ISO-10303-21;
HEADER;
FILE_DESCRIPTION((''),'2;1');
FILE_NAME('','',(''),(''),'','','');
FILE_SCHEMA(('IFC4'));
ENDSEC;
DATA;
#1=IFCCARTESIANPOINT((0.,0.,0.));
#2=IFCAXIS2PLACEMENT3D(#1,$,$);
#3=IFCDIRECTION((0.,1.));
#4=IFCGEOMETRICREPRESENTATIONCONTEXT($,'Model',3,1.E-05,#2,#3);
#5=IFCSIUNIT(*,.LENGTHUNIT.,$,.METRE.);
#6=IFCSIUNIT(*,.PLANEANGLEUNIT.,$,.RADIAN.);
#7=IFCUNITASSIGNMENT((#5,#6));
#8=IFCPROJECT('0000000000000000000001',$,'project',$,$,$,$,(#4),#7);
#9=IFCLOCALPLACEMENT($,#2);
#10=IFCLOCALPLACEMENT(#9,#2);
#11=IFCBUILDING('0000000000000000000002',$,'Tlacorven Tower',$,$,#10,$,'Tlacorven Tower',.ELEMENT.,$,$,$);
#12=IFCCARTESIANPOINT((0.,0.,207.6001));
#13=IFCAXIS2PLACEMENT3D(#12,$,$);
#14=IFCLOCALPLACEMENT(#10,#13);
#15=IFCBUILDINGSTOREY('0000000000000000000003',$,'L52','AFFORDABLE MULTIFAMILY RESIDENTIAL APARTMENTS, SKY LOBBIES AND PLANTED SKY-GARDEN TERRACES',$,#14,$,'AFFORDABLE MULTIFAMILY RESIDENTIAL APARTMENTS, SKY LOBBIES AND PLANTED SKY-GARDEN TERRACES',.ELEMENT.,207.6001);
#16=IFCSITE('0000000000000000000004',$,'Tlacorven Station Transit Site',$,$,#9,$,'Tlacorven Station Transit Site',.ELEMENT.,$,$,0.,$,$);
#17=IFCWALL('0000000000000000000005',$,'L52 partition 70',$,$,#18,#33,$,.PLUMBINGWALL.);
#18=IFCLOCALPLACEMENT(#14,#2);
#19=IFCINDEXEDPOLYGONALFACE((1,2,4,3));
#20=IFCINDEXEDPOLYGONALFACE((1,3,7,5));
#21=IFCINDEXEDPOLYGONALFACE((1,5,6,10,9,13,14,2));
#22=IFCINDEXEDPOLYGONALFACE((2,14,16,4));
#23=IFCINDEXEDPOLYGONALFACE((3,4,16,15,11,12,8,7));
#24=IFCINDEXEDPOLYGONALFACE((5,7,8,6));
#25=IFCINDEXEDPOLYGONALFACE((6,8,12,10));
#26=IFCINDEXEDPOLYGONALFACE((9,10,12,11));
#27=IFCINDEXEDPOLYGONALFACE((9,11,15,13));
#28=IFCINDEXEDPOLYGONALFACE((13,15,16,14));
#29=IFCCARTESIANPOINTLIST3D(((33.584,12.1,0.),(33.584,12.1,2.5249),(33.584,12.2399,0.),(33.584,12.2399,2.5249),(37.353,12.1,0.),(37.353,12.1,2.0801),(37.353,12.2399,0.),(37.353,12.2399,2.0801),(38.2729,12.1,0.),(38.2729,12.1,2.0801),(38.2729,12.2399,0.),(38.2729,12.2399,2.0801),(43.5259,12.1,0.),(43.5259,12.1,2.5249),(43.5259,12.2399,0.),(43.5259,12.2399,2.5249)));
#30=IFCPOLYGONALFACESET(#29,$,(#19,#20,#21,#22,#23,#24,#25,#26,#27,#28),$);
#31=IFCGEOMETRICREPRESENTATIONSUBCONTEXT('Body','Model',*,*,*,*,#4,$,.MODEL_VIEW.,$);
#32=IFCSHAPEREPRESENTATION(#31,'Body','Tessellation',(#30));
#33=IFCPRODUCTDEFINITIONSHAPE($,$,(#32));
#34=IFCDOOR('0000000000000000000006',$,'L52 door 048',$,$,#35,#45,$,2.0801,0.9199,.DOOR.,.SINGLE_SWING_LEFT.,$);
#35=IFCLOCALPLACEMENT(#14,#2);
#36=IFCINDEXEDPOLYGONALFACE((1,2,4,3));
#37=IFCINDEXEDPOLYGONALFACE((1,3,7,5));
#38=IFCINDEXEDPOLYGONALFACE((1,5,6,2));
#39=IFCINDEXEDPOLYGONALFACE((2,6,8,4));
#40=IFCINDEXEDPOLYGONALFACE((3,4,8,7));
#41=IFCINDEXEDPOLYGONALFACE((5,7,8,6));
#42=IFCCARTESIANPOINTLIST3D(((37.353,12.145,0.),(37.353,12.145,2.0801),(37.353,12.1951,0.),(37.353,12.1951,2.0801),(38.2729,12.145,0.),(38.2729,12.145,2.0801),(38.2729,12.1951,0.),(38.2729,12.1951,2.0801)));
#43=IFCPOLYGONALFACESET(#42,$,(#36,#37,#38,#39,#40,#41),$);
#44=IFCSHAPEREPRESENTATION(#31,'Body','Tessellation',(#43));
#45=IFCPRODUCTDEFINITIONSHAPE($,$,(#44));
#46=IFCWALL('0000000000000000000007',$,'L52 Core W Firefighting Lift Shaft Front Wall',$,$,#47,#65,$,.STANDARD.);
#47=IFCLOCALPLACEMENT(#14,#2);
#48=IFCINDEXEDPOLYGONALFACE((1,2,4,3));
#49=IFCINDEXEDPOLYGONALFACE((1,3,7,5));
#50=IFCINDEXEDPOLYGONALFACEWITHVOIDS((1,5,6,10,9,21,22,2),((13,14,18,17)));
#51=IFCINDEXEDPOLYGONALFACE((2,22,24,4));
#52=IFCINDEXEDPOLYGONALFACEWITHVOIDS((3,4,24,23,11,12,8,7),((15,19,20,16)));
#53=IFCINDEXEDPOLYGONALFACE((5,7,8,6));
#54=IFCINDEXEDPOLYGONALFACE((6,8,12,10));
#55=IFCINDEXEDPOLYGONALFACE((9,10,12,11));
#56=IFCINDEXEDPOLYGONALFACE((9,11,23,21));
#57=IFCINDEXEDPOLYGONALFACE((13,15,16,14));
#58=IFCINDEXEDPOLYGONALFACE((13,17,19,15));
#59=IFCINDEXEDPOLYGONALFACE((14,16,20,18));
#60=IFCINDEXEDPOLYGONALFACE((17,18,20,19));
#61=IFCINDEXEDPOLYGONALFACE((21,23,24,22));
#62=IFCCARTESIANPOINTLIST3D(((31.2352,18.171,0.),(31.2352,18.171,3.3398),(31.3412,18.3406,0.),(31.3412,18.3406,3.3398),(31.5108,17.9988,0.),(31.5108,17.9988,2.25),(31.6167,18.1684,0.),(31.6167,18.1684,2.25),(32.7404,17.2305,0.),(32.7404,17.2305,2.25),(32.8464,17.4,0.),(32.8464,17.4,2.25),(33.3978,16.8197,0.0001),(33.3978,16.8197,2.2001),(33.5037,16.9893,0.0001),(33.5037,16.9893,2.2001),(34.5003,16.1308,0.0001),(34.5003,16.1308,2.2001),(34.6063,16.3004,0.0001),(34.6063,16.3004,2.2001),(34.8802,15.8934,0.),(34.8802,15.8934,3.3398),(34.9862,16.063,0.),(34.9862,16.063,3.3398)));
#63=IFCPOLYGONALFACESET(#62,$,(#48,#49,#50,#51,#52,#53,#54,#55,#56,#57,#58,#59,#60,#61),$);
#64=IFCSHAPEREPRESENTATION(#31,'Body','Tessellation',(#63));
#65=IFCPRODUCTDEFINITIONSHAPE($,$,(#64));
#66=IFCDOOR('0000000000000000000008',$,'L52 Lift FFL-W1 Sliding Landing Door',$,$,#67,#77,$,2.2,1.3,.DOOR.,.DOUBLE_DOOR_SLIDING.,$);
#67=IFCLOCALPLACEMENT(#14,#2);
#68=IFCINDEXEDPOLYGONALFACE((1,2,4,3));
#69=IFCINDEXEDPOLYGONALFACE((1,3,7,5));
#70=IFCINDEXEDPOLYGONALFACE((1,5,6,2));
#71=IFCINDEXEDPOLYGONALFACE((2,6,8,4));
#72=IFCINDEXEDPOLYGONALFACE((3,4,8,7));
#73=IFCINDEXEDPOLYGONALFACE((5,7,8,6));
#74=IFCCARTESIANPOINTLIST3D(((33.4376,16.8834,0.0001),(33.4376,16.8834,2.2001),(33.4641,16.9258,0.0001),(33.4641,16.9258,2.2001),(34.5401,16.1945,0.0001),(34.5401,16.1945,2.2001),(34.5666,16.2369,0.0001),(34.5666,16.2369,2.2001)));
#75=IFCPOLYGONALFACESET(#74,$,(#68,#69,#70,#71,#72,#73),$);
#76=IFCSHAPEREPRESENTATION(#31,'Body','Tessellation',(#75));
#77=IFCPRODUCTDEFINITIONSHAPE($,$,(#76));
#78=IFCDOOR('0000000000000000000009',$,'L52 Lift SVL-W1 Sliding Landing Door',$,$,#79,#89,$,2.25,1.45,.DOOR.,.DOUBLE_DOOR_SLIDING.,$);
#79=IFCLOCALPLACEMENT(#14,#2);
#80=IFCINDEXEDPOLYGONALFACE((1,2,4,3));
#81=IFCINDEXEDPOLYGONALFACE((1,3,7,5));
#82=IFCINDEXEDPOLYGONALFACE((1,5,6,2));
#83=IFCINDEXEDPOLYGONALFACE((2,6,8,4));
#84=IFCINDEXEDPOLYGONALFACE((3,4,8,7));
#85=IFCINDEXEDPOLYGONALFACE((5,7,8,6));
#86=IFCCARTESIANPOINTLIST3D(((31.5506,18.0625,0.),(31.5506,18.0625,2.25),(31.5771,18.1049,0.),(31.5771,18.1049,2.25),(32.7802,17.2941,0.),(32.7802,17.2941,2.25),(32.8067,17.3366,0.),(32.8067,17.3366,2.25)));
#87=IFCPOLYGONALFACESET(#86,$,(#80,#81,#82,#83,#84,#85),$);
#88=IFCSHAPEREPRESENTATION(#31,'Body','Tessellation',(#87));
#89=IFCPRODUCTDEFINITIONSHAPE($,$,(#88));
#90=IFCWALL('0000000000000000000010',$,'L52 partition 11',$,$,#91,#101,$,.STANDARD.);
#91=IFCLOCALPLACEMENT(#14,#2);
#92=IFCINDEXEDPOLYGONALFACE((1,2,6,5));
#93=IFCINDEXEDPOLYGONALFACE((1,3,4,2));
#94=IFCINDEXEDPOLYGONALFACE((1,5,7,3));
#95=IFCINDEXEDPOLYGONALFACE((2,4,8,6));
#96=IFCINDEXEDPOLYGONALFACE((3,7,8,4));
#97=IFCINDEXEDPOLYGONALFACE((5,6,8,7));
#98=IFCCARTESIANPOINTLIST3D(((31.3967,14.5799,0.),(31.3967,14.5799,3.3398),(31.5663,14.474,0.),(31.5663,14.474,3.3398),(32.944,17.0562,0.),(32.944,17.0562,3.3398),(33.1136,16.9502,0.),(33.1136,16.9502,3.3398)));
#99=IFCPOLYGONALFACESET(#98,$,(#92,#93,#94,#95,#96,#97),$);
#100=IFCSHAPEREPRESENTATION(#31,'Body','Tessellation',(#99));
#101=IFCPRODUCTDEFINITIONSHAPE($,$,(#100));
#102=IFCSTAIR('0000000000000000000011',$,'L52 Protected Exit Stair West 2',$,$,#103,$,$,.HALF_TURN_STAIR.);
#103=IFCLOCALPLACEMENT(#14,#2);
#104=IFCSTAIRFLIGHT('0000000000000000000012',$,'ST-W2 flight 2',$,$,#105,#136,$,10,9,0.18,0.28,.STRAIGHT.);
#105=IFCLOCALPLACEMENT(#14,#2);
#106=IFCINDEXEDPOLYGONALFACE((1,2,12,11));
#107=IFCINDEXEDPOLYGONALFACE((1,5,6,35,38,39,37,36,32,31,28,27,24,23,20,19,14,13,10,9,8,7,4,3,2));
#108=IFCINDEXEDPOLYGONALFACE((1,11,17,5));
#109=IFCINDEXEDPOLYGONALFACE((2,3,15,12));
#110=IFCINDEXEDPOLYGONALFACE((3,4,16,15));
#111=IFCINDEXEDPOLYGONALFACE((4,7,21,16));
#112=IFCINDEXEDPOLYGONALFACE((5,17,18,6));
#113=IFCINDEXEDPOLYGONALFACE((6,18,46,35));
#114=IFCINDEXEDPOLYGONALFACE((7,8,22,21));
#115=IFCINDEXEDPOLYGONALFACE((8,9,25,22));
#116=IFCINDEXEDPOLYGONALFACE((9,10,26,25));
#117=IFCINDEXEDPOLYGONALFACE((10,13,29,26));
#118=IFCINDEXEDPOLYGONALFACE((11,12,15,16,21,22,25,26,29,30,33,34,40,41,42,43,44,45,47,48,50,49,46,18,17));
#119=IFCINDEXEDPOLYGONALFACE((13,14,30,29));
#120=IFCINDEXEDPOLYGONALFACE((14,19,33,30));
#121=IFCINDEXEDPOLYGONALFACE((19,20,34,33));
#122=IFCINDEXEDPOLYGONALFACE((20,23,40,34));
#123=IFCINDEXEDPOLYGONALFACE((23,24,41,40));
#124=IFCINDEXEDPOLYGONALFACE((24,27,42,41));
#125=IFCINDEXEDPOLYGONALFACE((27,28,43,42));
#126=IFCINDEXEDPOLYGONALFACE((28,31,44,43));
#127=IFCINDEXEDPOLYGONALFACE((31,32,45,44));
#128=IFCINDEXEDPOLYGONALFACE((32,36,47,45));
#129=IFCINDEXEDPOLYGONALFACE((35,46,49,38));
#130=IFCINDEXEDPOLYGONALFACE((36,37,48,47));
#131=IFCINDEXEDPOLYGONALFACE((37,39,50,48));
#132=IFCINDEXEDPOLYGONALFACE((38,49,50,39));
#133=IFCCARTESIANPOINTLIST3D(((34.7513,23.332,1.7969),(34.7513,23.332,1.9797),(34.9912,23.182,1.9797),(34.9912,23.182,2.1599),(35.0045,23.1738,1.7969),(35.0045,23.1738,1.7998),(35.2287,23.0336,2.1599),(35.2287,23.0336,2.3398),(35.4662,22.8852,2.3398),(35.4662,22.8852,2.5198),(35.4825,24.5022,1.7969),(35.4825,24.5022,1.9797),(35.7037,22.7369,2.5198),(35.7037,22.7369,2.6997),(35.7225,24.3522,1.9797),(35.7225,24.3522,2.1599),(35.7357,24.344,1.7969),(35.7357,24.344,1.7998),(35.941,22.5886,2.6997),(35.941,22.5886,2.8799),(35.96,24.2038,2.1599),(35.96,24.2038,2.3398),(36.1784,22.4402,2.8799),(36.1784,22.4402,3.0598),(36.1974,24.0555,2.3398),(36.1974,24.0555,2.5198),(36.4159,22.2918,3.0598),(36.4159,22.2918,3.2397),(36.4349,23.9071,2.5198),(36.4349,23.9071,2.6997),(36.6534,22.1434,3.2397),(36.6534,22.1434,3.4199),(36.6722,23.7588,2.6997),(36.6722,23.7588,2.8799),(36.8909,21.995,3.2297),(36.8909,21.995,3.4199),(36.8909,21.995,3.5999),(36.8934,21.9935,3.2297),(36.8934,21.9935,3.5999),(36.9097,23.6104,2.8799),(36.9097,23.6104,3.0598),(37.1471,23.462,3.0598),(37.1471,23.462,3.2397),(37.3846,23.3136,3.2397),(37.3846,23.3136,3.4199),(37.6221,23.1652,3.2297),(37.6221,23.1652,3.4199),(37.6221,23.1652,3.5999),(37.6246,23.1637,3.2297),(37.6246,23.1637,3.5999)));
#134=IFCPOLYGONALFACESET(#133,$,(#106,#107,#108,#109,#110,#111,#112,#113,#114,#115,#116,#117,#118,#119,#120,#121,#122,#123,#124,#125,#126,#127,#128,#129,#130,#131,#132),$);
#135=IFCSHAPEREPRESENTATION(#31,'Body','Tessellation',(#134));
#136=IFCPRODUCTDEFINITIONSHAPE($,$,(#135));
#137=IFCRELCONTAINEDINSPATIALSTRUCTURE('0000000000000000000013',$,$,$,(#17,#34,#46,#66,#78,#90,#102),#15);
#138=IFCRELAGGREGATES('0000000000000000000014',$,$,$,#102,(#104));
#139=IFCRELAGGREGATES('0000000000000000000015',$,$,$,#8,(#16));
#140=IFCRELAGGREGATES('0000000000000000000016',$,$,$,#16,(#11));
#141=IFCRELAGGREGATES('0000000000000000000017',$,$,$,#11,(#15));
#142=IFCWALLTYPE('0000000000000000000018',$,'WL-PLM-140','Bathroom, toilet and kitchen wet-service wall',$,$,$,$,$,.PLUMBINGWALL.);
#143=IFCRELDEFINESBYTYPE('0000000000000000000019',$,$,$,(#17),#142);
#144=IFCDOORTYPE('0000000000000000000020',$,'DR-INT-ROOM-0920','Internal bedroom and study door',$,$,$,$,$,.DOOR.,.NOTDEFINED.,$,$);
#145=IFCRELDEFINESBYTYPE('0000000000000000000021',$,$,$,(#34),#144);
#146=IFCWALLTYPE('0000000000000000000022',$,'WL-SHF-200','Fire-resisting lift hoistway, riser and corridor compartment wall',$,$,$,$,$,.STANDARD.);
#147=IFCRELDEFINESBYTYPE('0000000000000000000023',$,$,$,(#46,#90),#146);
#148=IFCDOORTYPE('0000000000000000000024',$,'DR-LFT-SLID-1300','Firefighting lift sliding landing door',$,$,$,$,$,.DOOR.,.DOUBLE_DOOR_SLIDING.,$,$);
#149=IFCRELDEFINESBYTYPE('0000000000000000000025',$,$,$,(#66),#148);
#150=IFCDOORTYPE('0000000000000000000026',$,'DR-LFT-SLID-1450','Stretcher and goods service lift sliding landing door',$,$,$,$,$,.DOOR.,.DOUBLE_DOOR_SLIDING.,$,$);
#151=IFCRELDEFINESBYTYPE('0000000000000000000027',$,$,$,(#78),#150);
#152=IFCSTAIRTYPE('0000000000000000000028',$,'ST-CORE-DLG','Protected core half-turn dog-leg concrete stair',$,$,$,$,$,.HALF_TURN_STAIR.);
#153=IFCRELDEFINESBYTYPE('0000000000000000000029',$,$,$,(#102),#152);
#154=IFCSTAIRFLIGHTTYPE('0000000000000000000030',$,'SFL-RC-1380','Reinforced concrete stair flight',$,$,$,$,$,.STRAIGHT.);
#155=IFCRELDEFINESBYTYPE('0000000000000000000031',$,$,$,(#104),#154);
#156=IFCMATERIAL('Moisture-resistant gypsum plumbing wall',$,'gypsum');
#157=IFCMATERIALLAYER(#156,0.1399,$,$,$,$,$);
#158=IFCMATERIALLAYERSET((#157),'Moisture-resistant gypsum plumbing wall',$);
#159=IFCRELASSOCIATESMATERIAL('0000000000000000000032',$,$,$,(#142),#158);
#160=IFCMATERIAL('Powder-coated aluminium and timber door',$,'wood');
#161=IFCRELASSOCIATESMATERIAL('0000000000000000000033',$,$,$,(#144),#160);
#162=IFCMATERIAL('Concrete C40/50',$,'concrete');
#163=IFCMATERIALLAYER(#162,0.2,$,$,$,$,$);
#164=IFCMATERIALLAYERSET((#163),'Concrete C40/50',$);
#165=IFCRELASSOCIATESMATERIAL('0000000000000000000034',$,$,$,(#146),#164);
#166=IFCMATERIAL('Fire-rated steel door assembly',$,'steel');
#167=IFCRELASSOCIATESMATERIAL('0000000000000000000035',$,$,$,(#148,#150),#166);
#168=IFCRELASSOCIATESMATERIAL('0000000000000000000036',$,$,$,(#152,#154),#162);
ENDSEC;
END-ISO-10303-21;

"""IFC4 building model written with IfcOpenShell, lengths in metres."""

from ifc_helpers import new_model, si_unit, direction, frame, frame_2d, origin, place, context, subcontext, project, spatial, polyline, rectangle, outline, extrude, source, transform, mapped, material, layer, layer_set, type_object, element, fill, aggregate, save


model = new_model("IFC4")

# Units and contexts
model_context = context("Model", 3, precision=1e-05, world=origin(), true_north=direction((0.0, 1.0)))
body_context = subcontext(model_context, "Body", "Model", "MODEL_VIEW")
ifc_project = project(units=[si_unit("LENGTHUNIT", "METRE"), si_unit("PLANEANGLEUNIT", "RADIAN")], contexts=[model_context])

# Site, building, storey
site_placement = place(None, origin())
site = spatial("IfcSite", under=ifc_project, at=site_placement, Name="Tlacorven Station Transit Site", LongName="Tlacorven Station Transit Site", CompositionType="ELEMENT", RefElevation=0.0)
building_placement = place(site_placement, origin())
building = spatial("IfcBuilding", under=site, at=building_placement, Name="Tlacorven Tower", LongName="Tlacorven Tower", CompositionType="ELEMENT")
storey_placement = place(building_placement, frame((0.0, 0.0, 207.6001)))
storey = spatial("IfcBuildingStorey", under=building, at=storey_placement, Name="L52", Description="AFFORDABLE MULTIFAMILY RESIDENTIAL APARTMENTS, SKY LOBBIES AND PLANTED SKY-GARDEN TERRACES", LongName="AFFORDABLE MULTIFAMILY RESIDENTIAL APARTMENTS, SKY LOBBIES AND PLANTED SKY-GARDEN TERRACES", CompositionType="ELEMENT", Elevation=207.6001)

# Shared definitions
ifc_material_1 = material(Name="Fire-rated steel door assembly", Category="steel")

# Shared definitions
ifc_material_2 = material(Name="Powder-coated aluminium and timber door", Category="wood")

# Wall, opening, door
ifc_material_3 = material(Name="Moisture-resistant gypsum plumbing wall", Category="gypsum")
ifc_layer_1 = layer(ifc_material_3, 0.1399)
ifc_layer_set_1 = layer_set([ifc_layer_1], Name="Moisture-resistant gypsum plumbing wall")
wall_type_1 = type_object("IfcWallType", Name="WL-PLM-140", Description="Bathroom, toilet and kitchen wet-service wall", PredefinedType="PLUMBINGWALL", material=ifc_layer_set_1)
wall_1_placement = place(storey_placement, frame((33.584, 12.1699, 0.0), z_axis=(0.0, 0.0, 1.0), x_axis=(1.0, 0.0, 0.0)))
wall_1 = element("IfcWall", 1, at=wall_1_placement, inside=storey, type_object=wall_type_1, Name="L52 partition 70", PredefinedType="PLUMBINGWALL", context=body_context, shape_type="SweptSolid", body=[
    extrude(rectangle(XDim=9.9419, YDim=0.1399, at=frame_2d((4.9709, 0.0))), origin(), (0.0, 0.0, 1.0), 2.5249),
])
opening_1_placement = place(wall_1_placement, frame((3.769, 0.0, 0.0)))
opening_1 = element("IfcOpeningElement", 2, at=opening_1_placement, cuts=wall_1, PredefinedType="OPENING", context=body_context, shape_type="SweptSolid", body=[
    extrude(rectangle(XDim=0.9199, YDim=2.0801, at=frame_2d((0.46, 1.04))), frame((0.0, 0.0801, 0.0), z_axis=(0.0, -1.0, 0.0), x_axis=(1.0, 0.0, 0.0)), (0.0, 0.0, 1.0), 0.1599),
])
door_type_1 = type_object("IfcDoorType", Name="DR-INT-ROOM-0920", Description="Internal bedroom and study door", OperationType="NOTDEFINED", PredefinedType="DOOR", material=ifc_material_2)
shared_shape_1 = source(origin(), body_context, "Body", "SweptSolid", [
    extrude(rectangle(XDim=0.9199, YDim=2.0801, at=frame_2d((0.46, 1.04))), frame((0.0, 0.0249, 0.0), z_axis=(0.0, -1.0, 0.0), x_axis=(1.0, 0.0, 0.0)), (0.0, 0.0, 1.0), 0.05),
])
door_1_placement = place(opening_1_placement, frame((0.9199, 0.0, 0.0), z_axis=(0.0, 0.0, 1.0), x_axis=(-1.0, 0.0, 0.0)))
door_1 = element("IfcDoor", 3, at=door_1_placement, inside=storey, type_object=door_type_1, Name="L52 door 048", OperationType="SINGLE_SWING_LEFT", OverallHeight=2.0801, OverallWidth=0.9199, PredefinedType="DOOR", context=body_context, shape_type="MappedRepresentation", body=[
    mapped(shared_shape_1, transform((0.0, 0.0, 0.0), scale=1.0)),
])
fill(opening_1, door_1)

# Wall, openings, doors
ifc_material_4 = material(Name="Concrete C40/50", Category="concrete")
ifc_layer_2 = layer(ifc_material_4, 0.2)
ifc_layer_set_2 = layer_set([ifc_layer_2], Name="Concrete C40/50")
wall_type_2 = type_object("IfcWallType", Name="WL-SHF-200", Description="Fire-resisting lift hoistway, riser and corridor compartment wall", PredefinedType="STANDARD", material=ifc_layer_set_2)
wall_2_placement = place(storey_placement, frame((34.9331, 15.9783, 0.0), z_axis=(0.0, 0.0, 1.0), x_axis=(-0.848056, 0.529907, 0.0)))
wall_2 = element("IfcWall", 4, at=wall_2_placement, inside=storey, type_object=wall_type_2, Name="L52 Core W Firefighting Lift Shaft Front Wall", PredefinedType="STANDARD", context=body_context, shape_type="SweptSolid", body=[
    extrude(rectangle(XDim=4.2981, YDim=0.2, at=frame_2d((2.1489, 0.0))), origin(), (0.0, 0.0, 1.0), 3.3398),
])
opening_2_placement = place(wall_2_placement, frame((0.448, 0.0, 0.0)))
opening_2 = element("IfcOpeningElement", 5, at=opening_2_placement, cuts=wall_2, PredefinedType="OPENING", context=body_context, shape_type="SweptSolid", body=[
    extrude(rectangle(XDim=1.3, YDim=2.2, at=frame_2d((0.6499, 1.1001))), frame((0.0, 0.1099, 0.0), z_axis=(0.0, -1.0, 0.0), x_axis=(1.0, 0.0, 0.0)), (0.0, 0.0, 1.0), 0.22),
])
opening_3_placement = place(wall_2_placement, frame((2.5229, 0.0, 0.0)))
opening_3 = element("IfcOpeningElement", 6, at=opening_3_placement, cuts=wall_2, PredefinedType="OPENING", context=body_context, shape_type="SweptSolid", body=[
    extrude(rectangle(XDim=1.45, YDim=2.25, at=frame_2d((0.7251, 1.125))), frame((0.0, 0.1099, 0.0), z_axis=(0.0, -1.0, 0.0), x_axis=(1.0, 0.0, 0.0)), (0.0, 0.0, 1.0), 0.22),
])
door_type_2 = type_object("IfcDoorType", Name="DR-LFT-SLID-1300", Description="Firefighting lift sliding landing door", OperationType="DOUBLE_DOOR_SLIDING", PredefinedType="DOOR", material=ifc_material_1)
shared_shape_2 = source(origin(), body_context, "Body", "SweptSolid", [
    extrude(rectangle(XDim=1.3, YDim=2.2, at=frame_2d((0.6499, 1.1001))), frame((0.0, 0.0249, 0.0), z_axis=(0.0, -1.0, 0.0), x_axis=(1.0, 0.0, 0.0)), (0.0, 0.0, 1.0), 0.05),
])
door_2_placement = place(opening_2_placement, origin())
door_2 = element("IfcDoor", 7, at=door_2_placement, inside=storey, type_object=door_type_2, Name="L52 Lift FFL-W1 Sliding Landing Door", OperationType="DOUBLE_DOOR_SLIDING", OverallHeight=2.2, OverallWidth=1.3, PredefinedType="DOOR", context=body_context, shape_type="MappedRepresentation", body=[
    mapped(shared_shape_2, transform((0.0, 0.0, 0.0), scale=1.0)),
])
fill(opening_2, door_2)
door_type_3 = type_object("IfcDoorType", Name="DR-LFT-SLID-1450", Description="Stretcher and goods service lift sliding landing door", OperationType="DOUBLE_DOOR_SLIDING", PredefinedType="DOOR", material=ifc_material_1)
shared_shape_3 = source(origin(), body_context, "Body", "SweptSolid", [
    extrude(rectangle(XDim=1.45, YDim=2.25, at=frame_2d((0.7251, 1.125))), frame((0.0, 0.0249, 0.0), z_axis=(0.0, -1.0, 0.0), x_axis=(1.0, 0.0, 0.0)), (0.0, 0.0, 1.0), 0.05),
])
door_3_placement = place(opening_3_placement, origin())
door_3 = element("IfcDoor", 8, at=door_3_placement, inside=storey, type_object=door_type_3, Name="L52 Lift SVL-W1 Sliding Landing Door", OperationType="DOUBLE_DOOR_SLIDING", OverallHeight=2.25, OverallWidth=1.45, PredefinedType="DOOR", context=body_context, shape_type="MappedRepresentation", body=[
    mapped(shared_shape_3, transform((0.0, 0.0, 0.0), scale=1.0)),
])
fill(opening_3, door_3)

# Wall
wall_3_placement = place(storey_placement, frame((33.0288, 17.0032, 0.0), z_axis=(0.0, 0.0, 1.0), x_axis=(-0.529916, -0.84805, 0.0)))
element("IfcWall", 9, at=wall_3_placement, inside=storey, type_object=wall_type_2, Name="L52 partition 11", PredefinedType="STANDARD", context=body_context, shape_type="SweptSolid", body=[
    extrude(rectangle(XDim=2.9199, YDim=0.2, at=frame_2d((1.46, 0.0))), origin(), (0.0, 0.0, 1.0), 3.3398),
])

# Stair, stair flight
stair_type = type_object("IfcStairType", Name="ST-CORE-DLG", Description="Protected core half-turn dog-leg concrete stair", PredefinedType="HALF_TURN_STAIR", material=ifc_material_4)
stair_placement = place(storey_placement, origin())
stair = element("IfcStair", 10, at=stair_placement, inside=storey, type_object=stair_type, Name="L52 Protected Exit Stair West 2", PredefinedType="HALF_TURN_STAIR")
stair_flight_type = type_object("IfcStairFlightType", Name="SFL-RC-1380", Description="Reinforced concrete stair flight", PredefinedType="STRAIGHT", material=ifc_material_4)
shared_shape_4 = source(origin(), body_context, "Body", "SweptSolid", [
    extrude(outline(polyline([(-0.0029, -0.0029), (-0.0029, 0.1799), (0.28, 0.1799), (0.28, 0.3601), (0.5601, 0.3601), (0.5601, 0.54), (0.8401, 0.54), (0.8401, 0.72), (1.1201, 0.72), (1.1201, 0.8999), (1.3999, 0.8999), (1.3999, 1.0801), (1.6799, 1.0801), (1.6799, 1.26), (1.96, 1.26), (1.96, 1.4399), (2.24, 1.4399), (2.24, 1.6201), (2.52, 1.6201), (2.52, 1.8), (2.5229, 1.8), (2.5229, 1.4299), (2.52, 1.4299), (0.2957, 0.0), (0.2957, -0.0029), (-0.0029, -0.0029)])), frame((0.0, 0.6899, 0.0), z_axis=(0.0, -1.0, 0.0), x_axis=(1.0, 0.0, 0.0)), (0.0, 0.0, 1.0), 1.3799),
])
stair_flight_placement = place(storey_placement, frame((35.1194, 23.9155, 1.7998), z_axis=(0.0, 0.0, 1.0), x_axis=(0.848048, -0.529919, 0.0)))
stair_flight = element("IfcStairFlight", 11, at=stair_flight_placement, type_object=stair_flight_type, Name="ST-W2 flight 2", NumberOfRisers=10, NumberOfTreads=9, PredefinedType="STRAIGHT", RiserHeight=0.18, TreadLength=0.28, context=body_context, shape_type="MappedRepresentation", body=[
    mapped(shared_shape_4, transform((0.0, 0.0, 0.0), scale=1.0)),
])
aggregate(stair, [stair_flight])

save(model, "model.ifc")
